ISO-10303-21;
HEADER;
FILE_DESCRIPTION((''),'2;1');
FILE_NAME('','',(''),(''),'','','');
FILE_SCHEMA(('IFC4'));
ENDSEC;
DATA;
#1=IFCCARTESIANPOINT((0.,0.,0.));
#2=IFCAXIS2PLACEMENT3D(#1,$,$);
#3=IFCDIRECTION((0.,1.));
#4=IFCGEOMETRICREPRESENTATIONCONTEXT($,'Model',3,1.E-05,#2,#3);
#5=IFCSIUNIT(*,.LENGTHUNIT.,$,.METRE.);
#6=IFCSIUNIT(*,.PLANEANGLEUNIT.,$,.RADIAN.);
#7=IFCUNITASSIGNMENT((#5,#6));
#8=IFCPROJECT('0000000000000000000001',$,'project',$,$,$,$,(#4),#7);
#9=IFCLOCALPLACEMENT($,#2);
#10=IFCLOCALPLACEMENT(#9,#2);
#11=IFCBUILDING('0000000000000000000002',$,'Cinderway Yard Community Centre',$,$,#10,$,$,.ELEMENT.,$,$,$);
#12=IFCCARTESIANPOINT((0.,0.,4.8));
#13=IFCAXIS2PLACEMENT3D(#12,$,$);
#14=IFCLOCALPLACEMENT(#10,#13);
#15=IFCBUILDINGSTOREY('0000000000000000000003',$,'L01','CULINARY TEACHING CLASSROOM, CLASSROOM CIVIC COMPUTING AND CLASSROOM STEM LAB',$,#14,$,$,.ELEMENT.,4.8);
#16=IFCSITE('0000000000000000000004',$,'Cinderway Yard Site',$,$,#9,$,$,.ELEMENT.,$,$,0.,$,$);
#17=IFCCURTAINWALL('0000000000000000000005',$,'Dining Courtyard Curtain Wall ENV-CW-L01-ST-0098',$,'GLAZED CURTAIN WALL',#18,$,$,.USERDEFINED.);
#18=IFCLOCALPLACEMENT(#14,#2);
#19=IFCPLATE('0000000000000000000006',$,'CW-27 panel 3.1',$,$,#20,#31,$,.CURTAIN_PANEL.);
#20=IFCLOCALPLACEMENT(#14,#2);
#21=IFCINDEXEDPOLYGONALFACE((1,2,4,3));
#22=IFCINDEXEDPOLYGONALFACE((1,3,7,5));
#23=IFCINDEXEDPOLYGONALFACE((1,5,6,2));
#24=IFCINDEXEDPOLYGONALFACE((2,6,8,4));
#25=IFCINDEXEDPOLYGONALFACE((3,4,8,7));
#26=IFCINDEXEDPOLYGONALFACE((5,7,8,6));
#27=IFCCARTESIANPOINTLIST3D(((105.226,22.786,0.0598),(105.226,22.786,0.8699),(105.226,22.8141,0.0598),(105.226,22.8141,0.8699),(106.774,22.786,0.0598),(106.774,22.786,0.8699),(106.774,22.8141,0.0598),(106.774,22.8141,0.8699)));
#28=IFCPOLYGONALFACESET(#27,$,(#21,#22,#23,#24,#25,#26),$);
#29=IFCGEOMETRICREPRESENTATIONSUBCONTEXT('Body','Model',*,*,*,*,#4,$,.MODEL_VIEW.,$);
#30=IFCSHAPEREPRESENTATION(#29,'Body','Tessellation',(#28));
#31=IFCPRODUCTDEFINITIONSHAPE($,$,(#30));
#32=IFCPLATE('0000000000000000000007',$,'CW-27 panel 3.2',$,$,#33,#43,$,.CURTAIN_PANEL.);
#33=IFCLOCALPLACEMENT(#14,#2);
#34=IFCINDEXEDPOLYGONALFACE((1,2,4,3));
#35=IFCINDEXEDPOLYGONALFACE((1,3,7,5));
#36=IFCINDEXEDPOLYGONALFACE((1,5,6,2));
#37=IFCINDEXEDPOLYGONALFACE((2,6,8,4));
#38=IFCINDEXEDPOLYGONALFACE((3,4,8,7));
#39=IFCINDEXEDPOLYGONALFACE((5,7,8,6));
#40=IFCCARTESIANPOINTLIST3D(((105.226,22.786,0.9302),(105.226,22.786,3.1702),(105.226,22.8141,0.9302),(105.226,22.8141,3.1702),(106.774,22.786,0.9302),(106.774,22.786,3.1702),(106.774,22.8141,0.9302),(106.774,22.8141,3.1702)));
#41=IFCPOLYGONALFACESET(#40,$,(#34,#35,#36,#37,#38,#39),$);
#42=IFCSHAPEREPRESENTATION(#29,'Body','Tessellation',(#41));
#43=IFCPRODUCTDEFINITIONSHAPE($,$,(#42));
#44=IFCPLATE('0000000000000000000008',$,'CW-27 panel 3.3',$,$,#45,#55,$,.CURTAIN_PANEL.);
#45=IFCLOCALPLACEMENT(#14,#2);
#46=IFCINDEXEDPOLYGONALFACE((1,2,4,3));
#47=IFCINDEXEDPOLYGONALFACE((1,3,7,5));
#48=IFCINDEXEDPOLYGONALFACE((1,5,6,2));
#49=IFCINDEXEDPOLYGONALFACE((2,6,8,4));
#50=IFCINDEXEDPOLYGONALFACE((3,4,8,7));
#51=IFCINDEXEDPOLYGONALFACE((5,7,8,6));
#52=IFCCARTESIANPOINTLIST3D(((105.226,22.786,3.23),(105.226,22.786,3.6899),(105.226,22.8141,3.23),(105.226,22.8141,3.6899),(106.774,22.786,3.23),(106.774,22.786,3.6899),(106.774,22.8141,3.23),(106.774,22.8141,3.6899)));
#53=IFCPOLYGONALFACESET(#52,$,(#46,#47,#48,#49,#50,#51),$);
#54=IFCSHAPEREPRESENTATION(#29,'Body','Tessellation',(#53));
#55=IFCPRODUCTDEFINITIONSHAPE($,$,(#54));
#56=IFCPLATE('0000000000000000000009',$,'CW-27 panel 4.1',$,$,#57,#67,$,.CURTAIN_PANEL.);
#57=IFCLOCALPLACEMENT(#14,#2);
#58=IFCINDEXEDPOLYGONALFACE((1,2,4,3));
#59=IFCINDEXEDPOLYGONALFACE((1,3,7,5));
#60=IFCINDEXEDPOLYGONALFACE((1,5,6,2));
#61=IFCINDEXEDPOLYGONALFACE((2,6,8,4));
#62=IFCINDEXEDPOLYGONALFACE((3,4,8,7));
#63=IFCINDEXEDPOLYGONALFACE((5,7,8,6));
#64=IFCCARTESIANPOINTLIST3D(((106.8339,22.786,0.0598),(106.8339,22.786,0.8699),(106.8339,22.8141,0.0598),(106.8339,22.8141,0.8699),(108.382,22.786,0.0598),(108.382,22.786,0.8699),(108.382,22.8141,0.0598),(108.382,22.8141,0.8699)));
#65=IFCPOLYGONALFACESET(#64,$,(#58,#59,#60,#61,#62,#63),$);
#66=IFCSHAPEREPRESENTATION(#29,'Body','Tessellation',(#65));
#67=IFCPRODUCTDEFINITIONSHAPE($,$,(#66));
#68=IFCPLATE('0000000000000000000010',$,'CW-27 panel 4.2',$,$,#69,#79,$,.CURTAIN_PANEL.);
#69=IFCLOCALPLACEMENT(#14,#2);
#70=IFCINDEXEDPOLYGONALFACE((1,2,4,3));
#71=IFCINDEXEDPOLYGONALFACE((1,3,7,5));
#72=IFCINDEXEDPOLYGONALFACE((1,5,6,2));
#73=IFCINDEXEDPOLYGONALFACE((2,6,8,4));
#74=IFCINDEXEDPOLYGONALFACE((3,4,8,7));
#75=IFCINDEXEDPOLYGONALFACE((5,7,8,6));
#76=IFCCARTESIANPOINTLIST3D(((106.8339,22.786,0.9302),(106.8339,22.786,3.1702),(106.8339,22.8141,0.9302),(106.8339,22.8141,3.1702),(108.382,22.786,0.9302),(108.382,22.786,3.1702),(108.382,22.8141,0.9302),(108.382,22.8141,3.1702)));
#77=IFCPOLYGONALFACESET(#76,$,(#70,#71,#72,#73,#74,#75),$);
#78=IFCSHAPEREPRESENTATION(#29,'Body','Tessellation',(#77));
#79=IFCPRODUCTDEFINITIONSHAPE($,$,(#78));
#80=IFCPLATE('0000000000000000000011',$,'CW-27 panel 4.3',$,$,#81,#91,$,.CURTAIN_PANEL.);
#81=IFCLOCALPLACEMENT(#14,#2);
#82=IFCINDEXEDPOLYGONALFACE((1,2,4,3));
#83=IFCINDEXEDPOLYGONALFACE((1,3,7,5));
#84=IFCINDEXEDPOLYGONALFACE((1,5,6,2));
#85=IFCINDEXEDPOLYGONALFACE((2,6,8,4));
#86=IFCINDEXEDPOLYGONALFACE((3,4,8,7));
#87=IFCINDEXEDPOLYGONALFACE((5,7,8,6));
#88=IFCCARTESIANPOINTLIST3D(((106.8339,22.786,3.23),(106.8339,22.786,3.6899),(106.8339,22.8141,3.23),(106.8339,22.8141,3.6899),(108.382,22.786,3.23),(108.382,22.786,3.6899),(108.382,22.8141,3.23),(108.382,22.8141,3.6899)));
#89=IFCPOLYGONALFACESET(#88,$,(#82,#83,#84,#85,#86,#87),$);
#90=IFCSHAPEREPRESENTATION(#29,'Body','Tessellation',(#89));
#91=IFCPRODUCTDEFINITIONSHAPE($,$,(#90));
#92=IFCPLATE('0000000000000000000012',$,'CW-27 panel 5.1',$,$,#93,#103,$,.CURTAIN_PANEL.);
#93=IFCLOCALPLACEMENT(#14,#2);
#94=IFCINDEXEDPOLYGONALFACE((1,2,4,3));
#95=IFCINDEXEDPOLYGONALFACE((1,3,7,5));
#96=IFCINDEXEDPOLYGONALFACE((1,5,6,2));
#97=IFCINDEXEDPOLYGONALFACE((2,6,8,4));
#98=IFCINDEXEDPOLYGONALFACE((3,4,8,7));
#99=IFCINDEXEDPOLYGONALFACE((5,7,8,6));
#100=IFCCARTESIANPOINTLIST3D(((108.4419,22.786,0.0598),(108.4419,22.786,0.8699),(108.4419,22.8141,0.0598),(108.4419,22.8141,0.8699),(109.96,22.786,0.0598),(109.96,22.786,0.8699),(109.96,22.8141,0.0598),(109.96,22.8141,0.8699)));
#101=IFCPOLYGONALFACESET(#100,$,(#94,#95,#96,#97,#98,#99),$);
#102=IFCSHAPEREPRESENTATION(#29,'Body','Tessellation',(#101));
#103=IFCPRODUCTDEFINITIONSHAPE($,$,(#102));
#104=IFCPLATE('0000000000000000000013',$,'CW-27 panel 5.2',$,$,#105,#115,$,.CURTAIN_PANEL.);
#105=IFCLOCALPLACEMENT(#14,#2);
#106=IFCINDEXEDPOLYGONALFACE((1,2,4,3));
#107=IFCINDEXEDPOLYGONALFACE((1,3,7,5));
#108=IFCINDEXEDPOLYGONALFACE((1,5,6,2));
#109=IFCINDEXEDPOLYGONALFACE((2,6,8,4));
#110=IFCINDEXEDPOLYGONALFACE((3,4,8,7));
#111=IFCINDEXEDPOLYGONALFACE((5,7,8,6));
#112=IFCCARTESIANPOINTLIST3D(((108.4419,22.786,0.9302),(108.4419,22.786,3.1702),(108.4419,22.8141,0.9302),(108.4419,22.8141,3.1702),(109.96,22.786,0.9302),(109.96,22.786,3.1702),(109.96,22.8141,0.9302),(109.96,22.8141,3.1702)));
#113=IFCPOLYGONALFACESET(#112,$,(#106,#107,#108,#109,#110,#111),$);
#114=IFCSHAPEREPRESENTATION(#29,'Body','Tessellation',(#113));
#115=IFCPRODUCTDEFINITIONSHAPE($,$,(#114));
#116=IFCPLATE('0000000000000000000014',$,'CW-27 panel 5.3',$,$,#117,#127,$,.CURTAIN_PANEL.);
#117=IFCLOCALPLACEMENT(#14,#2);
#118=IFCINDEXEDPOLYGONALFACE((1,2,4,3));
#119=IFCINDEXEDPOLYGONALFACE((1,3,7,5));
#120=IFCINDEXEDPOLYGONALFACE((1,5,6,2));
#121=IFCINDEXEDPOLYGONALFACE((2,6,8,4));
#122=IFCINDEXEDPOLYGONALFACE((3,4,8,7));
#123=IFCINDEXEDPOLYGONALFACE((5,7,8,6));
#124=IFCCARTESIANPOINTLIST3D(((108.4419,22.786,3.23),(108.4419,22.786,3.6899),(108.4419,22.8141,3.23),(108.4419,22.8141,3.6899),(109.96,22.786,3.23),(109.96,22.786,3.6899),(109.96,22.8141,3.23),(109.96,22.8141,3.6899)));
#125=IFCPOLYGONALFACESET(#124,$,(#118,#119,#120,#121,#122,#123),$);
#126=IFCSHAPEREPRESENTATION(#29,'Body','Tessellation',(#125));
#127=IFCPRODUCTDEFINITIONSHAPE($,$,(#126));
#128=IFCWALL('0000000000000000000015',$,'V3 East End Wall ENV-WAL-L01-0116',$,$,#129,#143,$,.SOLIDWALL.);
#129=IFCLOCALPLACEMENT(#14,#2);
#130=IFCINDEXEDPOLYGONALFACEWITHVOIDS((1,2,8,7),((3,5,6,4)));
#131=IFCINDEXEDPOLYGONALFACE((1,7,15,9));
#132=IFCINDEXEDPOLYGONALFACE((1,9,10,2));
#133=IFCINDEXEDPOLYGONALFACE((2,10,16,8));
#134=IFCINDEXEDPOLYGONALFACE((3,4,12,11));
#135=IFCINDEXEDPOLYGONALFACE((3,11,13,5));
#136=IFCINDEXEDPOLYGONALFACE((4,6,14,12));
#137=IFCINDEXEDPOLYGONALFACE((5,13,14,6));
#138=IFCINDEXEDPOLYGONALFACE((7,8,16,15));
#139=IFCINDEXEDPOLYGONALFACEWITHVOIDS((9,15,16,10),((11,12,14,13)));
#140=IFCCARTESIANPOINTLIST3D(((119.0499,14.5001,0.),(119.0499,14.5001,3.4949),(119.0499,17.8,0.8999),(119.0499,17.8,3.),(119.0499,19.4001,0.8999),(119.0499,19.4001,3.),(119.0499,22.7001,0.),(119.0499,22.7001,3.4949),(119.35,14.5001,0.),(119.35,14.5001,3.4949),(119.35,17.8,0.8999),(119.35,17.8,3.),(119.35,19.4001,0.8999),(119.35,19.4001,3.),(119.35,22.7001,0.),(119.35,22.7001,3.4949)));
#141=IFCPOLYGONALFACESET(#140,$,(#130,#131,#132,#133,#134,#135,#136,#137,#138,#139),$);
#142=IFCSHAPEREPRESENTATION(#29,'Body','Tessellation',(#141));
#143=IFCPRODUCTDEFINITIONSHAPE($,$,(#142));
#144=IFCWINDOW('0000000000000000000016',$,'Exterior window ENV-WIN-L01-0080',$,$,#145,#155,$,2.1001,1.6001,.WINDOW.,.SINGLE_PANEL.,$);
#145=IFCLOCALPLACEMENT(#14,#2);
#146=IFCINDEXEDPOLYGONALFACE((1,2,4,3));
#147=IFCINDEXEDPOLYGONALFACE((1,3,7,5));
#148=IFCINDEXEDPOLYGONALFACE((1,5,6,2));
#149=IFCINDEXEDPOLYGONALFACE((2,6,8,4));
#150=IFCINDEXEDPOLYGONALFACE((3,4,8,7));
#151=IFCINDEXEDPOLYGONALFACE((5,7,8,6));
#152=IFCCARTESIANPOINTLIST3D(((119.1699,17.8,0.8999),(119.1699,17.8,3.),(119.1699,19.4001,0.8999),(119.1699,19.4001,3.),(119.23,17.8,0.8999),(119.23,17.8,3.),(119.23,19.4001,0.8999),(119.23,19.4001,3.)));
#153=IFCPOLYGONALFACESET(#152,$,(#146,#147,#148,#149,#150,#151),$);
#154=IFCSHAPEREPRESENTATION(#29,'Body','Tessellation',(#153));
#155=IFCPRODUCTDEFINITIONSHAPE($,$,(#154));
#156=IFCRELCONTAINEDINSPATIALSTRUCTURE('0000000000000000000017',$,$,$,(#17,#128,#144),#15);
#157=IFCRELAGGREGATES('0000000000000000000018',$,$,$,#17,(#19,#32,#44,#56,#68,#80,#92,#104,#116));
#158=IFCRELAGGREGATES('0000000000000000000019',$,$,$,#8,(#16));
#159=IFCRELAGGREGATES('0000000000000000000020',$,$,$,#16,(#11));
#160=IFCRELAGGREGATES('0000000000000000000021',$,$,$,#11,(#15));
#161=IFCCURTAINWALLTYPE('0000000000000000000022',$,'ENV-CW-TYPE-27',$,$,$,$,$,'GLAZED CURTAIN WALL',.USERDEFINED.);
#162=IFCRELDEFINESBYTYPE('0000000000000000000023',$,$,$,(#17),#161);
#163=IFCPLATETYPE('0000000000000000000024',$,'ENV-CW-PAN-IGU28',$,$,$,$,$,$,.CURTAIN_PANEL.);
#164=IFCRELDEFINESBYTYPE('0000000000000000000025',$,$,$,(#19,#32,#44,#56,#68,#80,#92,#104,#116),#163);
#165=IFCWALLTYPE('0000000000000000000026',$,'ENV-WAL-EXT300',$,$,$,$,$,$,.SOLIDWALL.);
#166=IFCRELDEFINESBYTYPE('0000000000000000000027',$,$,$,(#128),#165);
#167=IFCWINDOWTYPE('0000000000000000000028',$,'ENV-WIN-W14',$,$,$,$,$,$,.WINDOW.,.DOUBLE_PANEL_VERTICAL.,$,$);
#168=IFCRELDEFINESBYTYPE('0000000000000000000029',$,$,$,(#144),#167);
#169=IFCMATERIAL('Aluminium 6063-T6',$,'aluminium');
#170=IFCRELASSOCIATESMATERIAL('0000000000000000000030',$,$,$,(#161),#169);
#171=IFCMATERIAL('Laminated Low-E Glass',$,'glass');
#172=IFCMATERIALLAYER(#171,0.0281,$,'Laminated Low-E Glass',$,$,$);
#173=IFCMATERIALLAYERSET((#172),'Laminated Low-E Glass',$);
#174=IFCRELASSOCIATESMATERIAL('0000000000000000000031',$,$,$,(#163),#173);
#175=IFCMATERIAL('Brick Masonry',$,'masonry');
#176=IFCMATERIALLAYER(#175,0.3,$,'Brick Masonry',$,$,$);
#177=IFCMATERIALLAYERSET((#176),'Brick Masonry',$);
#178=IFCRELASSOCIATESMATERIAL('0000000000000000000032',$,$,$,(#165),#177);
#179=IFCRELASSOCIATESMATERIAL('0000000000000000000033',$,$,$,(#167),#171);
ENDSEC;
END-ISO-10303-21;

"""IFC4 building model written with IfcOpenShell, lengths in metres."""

from ifc_helpers import new_model, si_unit, direction, frame, frame_2d, origin, origin_2d, place, context, subcontext, project, spatial, rectangle, extrude, material, layer, layer_set, type_object, element, fill, aggregate, save


model = new_model("IFC4")

# Units and contexts
model_context = context("Model", 3, precision=1e-05, world=origin(), true_north=direction((0.0, 1.0)))
body_context = subcontext(model_context, "Body", "Model", "MODEL_VIEW")
ifc_project = project(units=[si_unit("LENGTHUNIT", "METRE"), si_unit("PLANEANGLEUNIT", "RADIAN")], contexts=[model_context])

# Site, building, storey
site_placement = place(None, origin())
site = spatial("IfcSite", under=ifc_project, at=site_placement, Name="Cinderway Yard Site", CompositionType="ELEMENT", RefElevation=0.0)
building_placement = place(site_placement, origin())
building = spatial("IfcBuilding", under=site, at=building_placement, Name="Cinderway Yard Community Centre", CompositionType="ELEMENT")
storey_placement = place(building_placement, frame((0.0, 0.0, 4.8)))
storey = spatial("IfcBuildingStorey", under=building, at=storey_placement, Name="L01", Description="CULINARY TEACHING CLASSROOM, CLASSROOM CIVIC COMPUTING AND CLASSROOM STEM LAB", CompositionType="ELEMENT", Elevation=4.8)

# Curtain wall
ifc_material_1 = material(Name="Aluminium 6063-T6", Category="aluminium")
curtain_wall_type_1 = type_object("IfcCurtainWallType", Name="ENV-CW-TYPE-27", ElementType="GLAZED CURTAIN WALL", PredefinedType="USERDEFINED", material=ifc_material_1)
curtain_wall_1_placement = place(storey_placement, origin())
curtain_wall_1 = element("IfcCurtainWall", 1, at=curtain_wall_1_placement, inside=storey, type_object=curtain_wall_type_1, Name="Dining Courtyard Curtain Wall ENV-CW-L01-ST-0098", ObjectType="GLAZED CURTAIN WALL", PredefinedType="USERDEFINED")

# Plates
ifc_material_2 = material(Name="Laminated Low-E Glass", Category="glass")
ifc_layer_1 = layer(ifc_material_2, 0.0281, Name="Laminated Low-E Glass")
ifc_layer_set_1 = layer_set([ifc_layer_1], Name="Laminated Low-E Glass")
plate_type = type_object("IfcPlateType", Name="ENV-CW-PAN-IGU28", PredefinedType="CURTAIN_PANEL", material=ifc_layer_set_1)
plate_1_placement = place(storey_placement, frame((106.0, 22.8, 0.0598), z_axis=(0.0, 0.0, 1.0), x_axis=(1.0, 0.0, 0.0)))
plate_1 = element("IfcPlate", 2, at=plate_1_placement, type_object=plate_type, Name="CW-27 panel 3.1", PredefinedType="CURTAIN_PANEL", context=body_context, shape_type="SweptSolid", body=[
    extrude(rectangle(XDim=1.5481, YDim=0.0281, at=origin_2d()), origin(), (0.0, 0.0, 1.0), 0.8101),
])
plate_2_placement = place(storey_placement, frame((106.0, 22.8, 0.9302), z_axis=(0.0, 0.0, 1.0), x_axis=(1.0, 0.0, 0.0)))
plate_2 = element("IfcPlate", 3, at=plate_2_placement, type_object=plate_type, Name="CW-27 panel 3.2", PredefinedType="CURTAIN_PANEL", context=body_context, shape_type="SweptSolid", body=[
    extrude(rectangle(XDim=1.5481, YDim=0.0281, at=origin_2d()), origin(), (0.0, 0.0, 1.0), 2.24),
])
plate_3_placement = place(storey_placement, frame((106.0, 22.8, 3.23), z_axis=(0.0, 0.0, 1.0), x_axis=(1.0, 0.0, 0.0)))
plate_3 = element("IfcPlate", 4, at=plate_3_placement, type_object=plate_type, Name="CW-27 panel 3.3", PredefinedType="CURTAIN_PANEL", context=body_context, shape_type="SweptSolid", body=[
    extrude(rectangle(XDim=1.5481, YDim=0.0281, at=origin_2d()), origin(), (0.0, 0.0, 1.0), 0.46),
])
plate_4_placement = place(storey_placement, frame((107.6079, 22.8, 0.0598), z_axis=(0.0, 0.0, 1.0), x_axis=(1.0, 0.0, 0.0)))
plate_4 = element("IfcPlate", 5, at=plate_4_placement, type_object=plate_type, Name="CW-27 panel 4.1", PredefinedType="CURTAIN_PANEL", context=body_context, shape_type="SweptSolid", body=[
    extrude(rectangle(XDim=1.5481, YDim=0.0281, at=origin_2d()), origin(), (0.0, 0.0, 1.0), 0.8101),
])
plate_5_placement = place(storey_placement, frame((107.6079, 22.8, 0.9302), z_axis=(0.0, 0.0, 1.0), x_axis=(1.0, 0.0, 0.0)))
plate_5 = element("IfcPlate", 6, at=plate_5_placement, type_object=plate_type, Name="CW-27 panel 4.2", PredefinedType="CURTAIN_PANEL", context=body_context, shape_type="SweptSolid", body=[
    extrude(rectangle(XDim=1.5481, YDim=0.0281, at=origin_2d()), origin(), (0.0, 0.0, 1.0), 2.24),
])
plate_6_placement = place(storey_placement, frame((107.6079, 22.8, 3.23), z_axis=(0.0, 0.0, 1.0), x_axis=(1.0, 0.0, 0.0)))
plate_6 = element("IfcPlate", 7, at=plate_6_placement, type_object=plate_type, Name="CW-27 panel 4.3", PredefinedType="CURTAIN_PANEL", context=body_context, shape_type="SweptSolid", body=[
    extrude(rectangle(XDim=1.5481, YDim=0.0281, at=origin_2d()), origin(), (0.0, 0.0, 1.0), 0.46),
])
plate_7_placement = place(storey_placement, frame((109.2009, 22.8, 0.0598), z_axis=(0.0, 0.0, 1.0), x_axis=(1.0, 0.0, 0.0)))
plate_7 = element("IfcPlate", 8, at=plate_7_placement, type_object=plate_type, Name="CW-27 panel 5.1", PredefinedType="CURTAIN_PANEL", context=body_context, shape_type="SweptSolid", body=[
    extrude(rectangle(XDim=1.5181, YDim=0.0281, at=origin_2d()), origin(), (0.0, 0.0, 1.0), 0.8101),
])
plate_8_placement = place(storey_placement, frame((109.2009, 22.8, 0.9302), z_axis=(0.0, 0.0, 1.0), x_axis=(1.0, 0.0, 0.0)))
plate_8 = element("IfcPlate", 9, at=plate_8_placement, type_object=plate_type, Name="CW-27 panel 5.2", PredefinedType="CURTAIN_PANEL", context=body_context, shape_type="SweptSolid", body=[
    extrude(rectangle(XDim=1.5181, YDim=0.0281, at=origin_2d()), origin(), (0.0, 0.0, 1.0), 2.24),
])
plate_9_placement = place(storey_placement, frame((109.2009, 22.8, 3.23), z_axis=(0.0, 0.0, 1.0), x_axis=(1.0, 0.0, 0.0)))
plate_9 = element("IfcPlate", 10, at=plate_9_placement, type_object=plate_type, Name="CW-27 panel 5.3", PredefinedType="CURTAIN_PANEL", context=body_context, shape_type="SweptSolid", body=[
    extrude(rectangle(XDim=1.5181, YDim=0.0281, at=origin_2d()), origin(), (0.0, 0.0, 1.0), 0.46),
])
aggregate(curtain_wall_1, [plate_1, plate_2, plate_3, plate_4, plate_5, plate_6, plate_7, plate_8, plate_9])

# Wall, opening, window
ifc_material_3 = material(Name="Brick Masonry", Category="masonry")
ifc_layer_2 = layer(ifc_material_3, 0.3, Name="Brick Masonry")
ifc_layer_set_2 = layer_set([ifc_layer_2], Name="Brick Masonry")
wall_type = type_object("IfcWallType", Name="ENV-WAL-EXT300", PredefinedType="SOLIDWALL", material=ifc_layer_set_2)
wall_placement = place(storey_placement, frame((119.2, 14.5, 0.0), z_axis=(0.0, 0.0, 1.0), x_axis=(0.0, 1.0, 0.0)))
wall = element("IfcWall", 11, at=wall_placement, inside=storey, type_object=wall_type, Name="V3 East End Wall ENV-WAL-L01-0116", PredefinedType="SOLIDWALL", context=body_context, shape_type="SweptSolid", body=[
    extrude(rectangle(XDim=8.2, YDim=0.3, at=frame_2d((4.1001, 0.0))), origin(), (0.0, 0.0, 1.0), 3.4949),
])
opening_placement = place(wall_placement, frame((3.3, 0.0, 0.8999)))
opening = element("IfcOpeningElement", 12, at=opening_placement, cuts=wall, PredefinedType="OPENING", context=body_context, shape_type="SweptSolid", body=[
    extrude(rectangle(XDim=1.6001, YDim=2.1001, at=frame_2d((0.8, 1.05))), frame((0.0, 0.1599, 0.0), z_axis=(0.0, -1.0, 0.0), x_axis=(1.0, 0.0, 0.0)), (0.0, 0.0, 1.0), 0.3201),
])
window_type = type_object("IfcWindowType", Name="ENV-WIN-W14", PartitioningType="DOUBLE_PANEL_VERTICAL", PredefinedType="WINDOW", material=ifc_material_2)
window_placement = place(opening_placement, origin())
window = element("IfcWindow", 13, at=window_placement, inside=storey, type_object=window_type, Name="Exterior window ENV-WIN-L01-0080", OverallHeight=2.1001, OverallWidth=1.6001, PartitioningType="SINGLE_PANEL", PredefinedType="WINDOW", context=body_context, shape_type="SweptSolid", body=[
    extrude(rectangle(XDim=1.6001, YDim=2.1001, at=frame_2d((0.8, 1.05))), frame((0.0, 0.03, 0.0), z_axis=(0.0, -1.0, 0.0), x_axis=(1.0, 0.0, 0.0)), (0.0, 0.0, 1.0), 0.0601),
])
fill(opening, window)

save(model, "model.ifc")
